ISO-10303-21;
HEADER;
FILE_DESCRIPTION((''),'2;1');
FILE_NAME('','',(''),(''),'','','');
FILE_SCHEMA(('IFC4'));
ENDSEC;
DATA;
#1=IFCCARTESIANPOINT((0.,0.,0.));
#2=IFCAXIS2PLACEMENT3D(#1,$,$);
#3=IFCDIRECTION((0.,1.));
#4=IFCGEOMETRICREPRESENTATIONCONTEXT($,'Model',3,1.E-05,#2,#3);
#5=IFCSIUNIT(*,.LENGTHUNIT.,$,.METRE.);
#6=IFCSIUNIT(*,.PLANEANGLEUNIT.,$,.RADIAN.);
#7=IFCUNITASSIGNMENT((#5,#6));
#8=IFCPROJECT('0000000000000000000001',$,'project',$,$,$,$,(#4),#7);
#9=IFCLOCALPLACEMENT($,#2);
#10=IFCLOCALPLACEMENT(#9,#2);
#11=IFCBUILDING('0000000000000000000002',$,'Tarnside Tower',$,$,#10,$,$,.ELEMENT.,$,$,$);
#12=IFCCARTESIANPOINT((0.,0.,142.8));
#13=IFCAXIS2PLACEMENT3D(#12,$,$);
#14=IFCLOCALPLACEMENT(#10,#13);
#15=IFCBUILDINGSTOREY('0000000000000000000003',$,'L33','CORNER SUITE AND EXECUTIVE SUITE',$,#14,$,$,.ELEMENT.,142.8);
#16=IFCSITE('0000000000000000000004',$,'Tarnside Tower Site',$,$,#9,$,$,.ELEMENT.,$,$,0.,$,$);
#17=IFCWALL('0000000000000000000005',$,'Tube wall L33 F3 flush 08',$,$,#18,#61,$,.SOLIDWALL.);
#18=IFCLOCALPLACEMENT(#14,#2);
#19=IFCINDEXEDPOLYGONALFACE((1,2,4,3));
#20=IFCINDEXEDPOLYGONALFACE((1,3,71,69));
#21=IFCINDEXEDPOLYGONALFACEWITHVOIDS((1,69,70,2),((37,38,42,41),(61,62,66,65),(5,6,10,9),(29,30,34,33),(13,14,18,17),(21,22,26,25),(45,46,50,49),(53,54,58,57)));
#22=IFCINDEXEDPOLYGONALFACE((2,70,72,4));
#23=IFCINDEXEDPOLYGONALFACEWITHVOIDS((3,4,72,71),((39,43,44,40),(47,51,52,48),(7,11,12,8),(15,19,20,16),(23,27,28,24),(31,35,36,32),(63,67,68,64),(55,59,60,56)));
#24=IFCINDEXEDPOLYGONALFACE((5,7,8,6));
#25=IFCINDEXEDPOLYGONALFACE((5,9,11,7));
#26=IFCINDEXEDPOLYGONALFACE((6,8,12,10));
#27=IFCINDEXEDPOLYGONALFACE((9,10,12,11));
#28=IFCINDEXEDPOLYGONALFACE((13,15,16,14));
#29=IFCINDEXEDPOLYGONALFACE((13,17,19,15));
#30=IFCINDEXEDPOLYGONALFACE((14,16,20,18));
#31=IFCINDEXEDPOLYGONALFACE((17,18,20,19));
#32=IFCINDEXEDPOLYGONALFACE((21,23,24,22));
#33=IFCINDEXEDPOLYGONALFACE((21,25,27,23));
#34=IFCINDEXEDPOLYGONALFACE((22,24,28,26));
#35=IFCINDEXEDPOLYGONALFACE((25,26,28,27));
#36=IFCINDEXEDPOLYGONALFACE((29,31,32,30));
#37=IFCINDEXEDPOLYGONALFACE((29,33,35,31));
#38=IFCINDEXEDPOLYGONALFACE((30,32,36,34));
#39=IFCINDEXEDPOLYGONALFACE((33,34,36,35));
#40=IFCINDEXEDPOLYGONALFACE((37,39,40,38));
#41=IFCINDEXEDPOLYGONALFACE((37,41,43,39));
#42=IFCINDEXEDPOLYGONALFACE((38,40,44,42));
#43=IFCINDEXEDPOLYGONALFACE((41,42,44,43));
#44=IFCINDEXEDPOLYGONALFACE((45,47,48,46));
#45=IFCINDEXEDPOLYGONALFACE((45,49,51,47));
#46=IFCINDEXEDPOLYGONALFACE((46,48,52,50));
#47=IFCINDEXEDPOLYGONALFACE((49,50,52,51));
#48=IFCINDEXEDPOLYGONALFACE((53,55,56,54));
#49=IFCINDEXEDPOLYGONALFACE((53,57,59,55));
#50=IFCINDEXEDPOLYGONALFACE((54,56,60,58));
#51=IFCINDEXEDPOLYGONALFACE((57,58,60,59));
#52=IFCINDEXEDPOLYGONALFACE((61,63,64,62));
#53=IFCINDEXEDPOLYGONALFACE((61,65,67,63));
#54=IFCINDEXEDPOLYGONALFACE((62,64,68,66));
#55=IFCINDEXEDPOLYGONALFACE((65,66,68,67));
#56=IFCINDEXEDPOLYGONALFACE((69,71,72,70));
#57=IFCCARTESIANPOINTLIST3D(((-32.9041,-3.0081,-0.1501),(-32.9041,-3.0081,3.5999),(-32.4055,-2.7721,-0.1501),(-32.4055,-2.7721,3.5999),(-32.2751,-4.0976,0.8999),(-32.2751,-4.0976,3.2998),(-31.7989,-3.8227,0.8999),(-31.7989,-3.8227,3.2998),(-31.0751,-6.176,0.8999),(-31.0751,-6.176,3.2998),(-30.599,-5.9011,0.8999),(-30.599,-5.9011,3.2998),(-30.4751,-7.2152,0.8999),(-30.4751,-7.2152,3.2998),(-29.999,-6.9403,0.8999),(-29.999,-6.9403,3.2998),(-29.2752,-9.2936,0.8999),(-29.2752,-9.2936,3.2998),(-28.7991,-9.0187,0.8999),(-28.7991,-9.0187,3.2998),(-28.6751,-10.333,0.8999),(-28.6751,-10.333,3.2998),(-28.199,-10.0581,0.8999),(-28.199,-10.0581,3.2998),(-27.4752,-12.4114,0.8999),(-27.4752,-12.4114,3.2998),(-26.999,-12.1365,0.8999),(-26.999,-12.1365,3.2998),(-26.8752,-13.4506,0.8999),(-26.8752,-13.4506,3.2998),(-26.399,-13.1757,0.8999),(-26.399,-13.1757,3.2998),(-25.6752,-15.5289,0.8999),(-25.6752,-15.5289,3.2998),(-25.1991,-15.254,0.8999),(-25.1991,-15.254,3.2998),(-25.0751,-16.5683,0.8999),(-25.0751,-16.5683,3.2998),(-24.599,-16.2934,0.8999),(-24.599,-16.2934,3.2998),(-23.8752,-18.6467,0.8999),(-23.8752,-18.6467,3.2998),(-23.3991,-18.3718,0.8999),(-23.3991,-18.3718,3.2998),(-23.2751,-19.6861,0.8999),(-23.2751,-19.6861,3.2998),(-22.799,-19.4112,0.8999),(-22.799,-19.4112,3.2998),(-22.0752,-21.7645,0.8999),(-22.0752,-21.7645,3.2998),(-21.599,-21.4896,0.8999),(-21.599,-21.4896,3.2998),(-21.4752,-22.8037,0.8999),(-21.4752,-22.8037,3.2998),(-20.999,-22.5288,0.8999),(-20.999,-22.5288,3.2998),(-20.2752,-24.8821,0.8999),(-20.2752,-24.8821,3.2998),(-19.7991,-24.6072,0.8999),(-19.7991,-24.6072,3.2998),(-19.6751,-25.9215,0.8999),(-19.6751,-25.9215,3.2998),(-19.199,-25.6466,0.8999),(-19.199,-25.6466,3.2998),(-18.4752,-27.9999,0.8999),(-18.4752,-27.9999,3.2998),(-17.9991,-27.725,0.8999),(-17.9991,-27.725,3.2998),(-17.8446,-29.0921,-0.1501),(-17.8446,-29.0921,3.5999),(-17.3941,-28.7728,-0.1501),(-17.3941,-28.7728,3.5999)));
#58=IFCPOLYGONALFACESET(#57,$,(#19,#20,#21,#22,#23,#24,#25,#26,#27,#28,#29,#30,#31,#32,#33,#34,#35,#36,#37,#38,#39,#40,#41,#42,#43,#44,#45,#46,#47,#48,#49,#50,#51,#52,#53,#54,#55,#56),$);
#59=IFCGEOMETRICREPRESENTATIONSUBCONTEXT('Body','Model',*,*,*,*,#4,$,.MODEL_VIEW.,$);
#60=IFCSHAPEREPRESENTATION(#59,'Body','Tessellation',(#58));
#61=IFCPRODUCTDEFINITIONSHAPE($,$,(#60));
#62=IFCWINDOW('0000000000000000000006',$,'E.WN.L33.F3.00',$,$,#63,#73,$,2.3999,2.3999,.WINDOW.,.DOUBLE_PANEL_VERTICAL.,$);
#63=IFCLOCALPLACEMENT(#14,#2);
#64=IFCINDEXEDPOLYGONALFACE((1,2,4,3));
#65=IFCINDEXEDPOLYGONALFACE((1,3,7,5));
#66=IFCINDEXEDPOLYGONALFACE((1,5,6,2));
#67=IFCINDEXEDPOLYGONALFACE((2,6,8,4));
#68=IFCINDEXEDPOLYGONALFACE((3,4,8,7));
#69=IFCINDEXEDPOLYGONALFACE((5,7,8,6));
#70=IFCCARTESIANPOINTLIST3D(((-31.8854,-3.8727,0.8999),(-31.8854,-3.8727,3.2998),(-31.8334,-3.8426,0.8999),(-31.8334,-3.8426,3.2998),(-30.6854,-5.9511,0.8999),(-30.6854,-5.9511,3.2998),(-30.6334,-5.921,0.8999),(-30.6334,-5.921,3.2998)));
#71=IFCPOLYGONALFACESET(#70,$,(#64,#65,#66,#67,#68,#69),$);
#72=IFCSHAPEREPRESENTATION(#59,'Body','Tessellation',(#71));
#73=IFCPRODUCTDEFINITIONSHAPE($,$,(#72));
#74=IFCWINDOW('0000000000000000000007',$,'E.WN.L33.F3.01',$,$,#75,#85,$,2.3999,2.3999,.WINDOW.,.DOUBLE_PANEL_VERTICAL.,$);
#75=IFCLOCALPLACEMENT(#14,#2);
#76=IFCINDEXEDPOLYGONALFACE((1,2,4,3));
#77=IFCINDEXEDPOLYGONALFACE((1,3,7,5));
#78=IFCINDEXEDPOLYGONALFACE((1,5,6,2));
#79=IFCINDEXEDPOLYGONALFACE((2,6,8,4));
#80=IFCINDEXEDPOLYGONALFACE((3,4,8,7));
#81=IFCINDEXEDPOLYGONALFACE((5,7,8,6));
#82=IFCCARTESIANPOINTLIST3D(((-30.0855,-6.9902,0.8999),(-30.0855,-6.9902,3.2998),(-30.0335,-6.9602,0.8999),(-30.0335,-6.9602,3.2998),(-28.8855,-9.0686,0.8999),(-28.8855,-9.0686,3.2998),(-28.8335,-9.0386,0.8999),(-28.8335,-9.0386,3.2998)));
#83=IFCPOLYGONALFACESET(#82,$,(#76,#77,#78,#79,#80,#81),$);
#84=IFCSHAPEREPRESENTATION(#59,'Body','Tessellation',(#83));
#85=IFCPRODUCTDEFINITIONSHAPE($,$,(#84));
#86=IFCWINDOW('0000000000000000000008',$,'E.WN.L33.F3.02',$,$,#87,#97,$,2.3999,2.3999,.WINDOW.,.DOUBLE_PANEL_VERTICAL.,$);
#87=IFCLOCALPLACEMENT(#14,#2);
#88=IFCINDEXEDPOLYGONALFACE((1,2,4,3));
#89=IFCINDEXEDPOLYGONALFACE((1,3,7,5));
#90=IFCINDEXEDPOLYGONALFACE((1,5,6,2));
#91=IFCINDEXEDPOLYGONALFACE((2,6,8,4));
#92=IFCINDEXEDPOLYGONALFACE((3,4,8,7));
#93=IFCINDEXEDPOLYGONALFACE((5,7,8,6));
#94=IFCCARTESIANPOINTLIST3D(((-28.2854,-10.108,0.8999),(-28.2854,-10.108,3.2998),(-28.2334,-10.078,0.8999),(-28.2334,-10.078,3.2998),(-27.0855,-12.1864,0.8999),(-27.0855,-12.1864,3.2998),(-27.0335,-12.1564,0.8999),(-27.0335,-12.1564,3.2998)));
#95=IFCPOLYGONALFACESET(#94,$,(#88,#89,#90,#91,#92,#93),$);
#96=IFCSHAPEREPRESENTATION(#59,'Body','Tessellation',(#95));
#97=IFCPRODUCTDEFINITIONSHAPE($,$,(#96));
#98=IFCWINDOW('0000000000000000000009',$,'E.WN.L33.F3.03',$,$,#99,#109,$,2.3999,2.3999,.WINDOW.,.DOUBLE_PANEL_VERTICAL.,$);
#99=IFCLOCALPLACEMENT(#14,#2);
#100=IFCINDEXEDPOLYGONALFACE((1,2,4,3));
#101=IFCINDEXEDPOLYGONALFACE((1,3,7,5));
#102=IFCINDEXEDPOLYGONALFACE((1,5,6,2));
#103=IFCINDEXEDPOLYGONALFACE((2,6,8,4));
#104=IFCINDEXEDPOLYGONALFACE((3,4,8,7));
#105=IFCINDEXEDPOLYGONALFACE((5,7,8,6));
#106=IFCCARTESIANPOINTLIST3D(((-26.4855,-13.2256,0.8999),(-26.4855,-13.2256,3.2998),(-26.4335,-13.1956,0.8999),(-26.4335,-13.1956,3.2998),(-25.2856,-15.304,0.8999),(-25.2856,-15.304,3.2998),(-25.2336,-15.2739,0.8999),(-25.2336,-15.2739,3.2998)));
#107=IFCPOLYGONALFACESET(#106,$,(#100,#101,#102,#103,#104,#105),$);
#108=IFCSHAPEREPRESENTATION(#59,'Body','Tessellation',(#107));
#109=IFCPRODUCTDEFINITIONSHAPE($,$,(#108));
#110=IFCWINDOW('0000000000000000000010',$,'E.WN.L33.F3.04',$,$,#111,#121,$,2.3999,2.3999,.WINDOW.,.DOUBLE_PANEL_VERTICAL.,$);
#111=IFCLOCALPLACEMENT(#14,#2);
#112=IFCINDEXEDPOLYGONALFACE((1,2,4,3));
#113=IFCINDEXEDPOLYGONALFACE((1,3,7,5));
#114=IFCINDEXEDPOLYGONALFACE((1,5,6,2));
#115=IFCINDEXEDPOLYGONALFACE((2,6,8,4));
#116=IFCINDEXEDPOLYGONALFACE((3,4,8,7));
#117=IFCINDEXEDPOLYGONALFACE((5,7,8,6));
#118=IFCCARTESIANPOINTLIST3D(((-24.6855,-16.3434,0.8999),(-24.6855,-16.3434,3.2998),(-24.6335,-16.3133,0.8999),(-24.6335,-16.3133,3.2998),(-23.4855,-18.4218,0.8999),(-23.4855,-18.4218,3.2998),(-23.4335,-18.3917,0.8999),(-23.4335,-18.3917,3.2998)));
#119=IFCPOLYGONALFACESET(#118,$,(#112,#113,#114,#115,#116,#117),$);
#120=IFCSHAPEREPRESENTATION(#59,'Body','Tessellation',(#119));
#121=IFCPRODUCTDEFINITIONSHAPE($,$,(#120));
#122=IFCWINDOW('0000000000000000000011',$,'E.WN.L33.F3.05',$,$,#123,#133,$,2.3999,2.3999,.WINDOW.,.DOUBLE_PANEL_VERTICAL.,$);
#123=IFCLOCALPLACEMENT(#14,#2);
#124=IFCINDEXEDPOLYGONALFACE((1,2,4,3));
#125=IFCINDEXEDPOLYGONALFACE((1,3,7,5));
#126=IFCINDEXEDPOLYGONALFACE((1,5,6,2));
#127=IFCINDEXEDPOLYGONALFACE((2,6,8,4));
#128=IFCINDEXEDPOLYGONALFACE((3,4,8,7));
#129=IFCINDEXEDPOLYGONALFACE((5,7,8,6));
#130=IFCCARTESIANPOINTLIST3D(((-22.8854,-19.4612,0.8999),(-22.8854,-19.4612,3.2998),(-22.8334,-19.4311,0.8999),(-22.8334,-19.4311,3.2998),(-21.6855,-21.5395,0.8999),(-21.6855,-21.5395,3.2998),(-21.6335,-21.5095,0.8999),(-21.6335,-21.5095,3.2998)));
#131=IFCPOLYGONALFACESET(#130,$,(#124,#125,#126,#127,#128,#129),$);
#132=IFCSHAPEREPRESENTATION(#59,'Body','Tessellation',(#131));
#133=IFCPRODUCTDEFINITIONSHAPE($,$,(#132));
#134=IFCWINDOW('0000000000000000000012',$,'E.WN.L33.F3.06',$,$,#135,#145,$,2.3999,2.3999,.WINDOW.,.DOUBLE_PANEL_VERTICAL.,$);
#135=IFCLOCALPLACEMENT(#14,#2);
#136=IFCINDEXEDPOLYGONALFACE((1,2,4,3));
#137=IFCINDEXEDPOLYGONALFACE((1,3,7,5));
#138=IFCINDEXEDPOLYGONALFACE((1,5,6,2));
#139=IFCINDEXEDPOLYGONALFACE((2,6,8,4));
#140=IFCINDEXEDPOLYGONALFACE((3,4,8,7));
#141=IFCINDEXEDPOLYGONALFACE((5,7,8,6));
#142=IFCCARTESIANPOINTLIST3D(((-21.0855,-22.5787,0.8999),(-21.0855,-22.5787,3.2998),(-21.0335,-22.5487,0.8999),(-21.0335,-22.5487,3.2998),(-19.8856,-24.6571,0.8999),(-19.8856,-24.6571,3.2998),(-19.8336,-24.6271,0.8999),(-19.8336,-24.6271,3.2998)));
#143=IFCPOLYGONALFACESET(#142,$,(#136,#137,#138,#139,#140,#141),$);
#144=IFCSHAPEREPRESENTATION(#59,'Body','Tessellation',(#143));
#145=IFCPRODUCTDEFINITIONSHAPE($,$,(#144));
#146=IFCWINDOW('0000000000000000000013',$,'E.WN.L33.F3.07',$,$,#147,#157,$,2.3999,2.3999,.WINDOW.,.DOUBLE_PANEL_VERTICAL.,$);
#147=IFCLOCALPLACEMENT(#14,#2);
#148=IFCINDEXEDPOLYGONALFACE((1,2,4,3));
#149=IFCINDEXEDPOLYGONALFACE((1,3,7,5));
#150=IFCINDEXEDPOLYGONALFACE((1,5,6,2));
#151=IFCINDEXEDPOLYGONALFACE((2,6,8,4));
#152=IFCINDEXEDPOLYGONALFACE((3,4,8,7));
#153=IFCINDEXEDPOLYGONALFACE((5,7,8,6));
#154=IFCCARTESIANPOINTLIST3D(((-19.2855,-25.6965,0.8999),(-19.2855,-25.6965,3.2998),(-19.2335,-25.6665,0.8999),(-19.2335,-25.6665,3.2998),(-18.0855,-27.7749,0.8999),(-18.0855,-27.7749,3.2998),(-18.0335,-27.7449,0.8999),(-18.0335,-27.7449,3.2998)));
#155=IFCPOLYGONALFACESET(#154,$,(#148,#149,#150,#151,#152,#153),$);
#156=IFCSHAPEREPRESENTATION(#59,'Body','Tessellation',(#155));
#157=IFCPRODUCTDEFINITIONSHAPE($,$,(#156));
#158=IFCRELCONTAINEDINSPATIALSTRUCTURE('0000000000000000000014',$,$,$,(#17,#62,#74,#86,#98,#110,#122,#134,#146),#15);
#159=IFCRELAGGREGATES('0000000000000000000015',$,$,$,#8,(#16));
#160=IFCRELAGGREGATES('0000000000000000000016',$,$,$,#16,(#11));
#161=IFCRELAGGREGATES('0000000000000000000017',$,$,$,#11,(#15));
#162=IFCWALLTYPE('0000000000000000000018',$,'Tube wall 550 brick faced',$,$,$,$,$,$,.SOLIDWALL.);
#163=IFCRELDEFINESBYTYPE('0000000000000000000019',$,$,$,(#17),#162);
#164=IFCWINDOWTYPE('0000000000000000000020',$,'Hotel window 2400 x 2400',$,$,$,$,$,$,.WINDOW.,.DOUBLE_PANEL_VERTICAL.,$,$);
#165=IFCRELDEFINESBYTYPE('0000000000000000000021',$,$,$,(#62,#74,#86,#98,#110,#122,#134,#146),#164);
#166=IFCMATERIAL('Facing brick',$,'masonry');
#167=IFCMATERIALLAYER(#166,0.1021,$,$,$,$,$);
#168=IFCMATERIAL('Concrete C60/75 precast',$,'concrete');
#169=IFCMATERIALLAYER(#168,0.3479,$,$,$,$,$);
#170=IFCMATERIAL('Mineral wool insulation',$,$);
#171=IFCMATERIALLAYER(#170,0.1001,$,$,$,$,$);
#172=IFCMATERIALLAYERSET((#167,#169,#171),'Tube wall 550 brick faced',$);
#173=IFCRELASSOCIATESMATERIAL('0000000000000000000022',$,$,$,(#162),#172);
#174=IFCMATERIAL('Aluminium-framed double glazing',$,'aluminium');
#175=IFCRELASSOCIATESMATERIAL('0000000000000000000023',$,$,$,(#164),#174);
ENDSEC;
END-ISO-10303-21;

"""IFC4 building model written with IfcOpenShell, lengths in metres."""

from ifc_helpers import new_model, si_unit, direction, frame, frame_2d, origin, place, context, subcontext, project, spatial, polyline, rectangle, outline, extrude, material, layer, layer_set, type_object, element, fill, save


model = new_model("IFC4")

# Units and contexts
model_context = context("Model", 3, precision=1e-05, world=origin(), true_north=direction((0.0, 1.0)))
body_context = subcontext(model_context, "Body", "Model", "MODEL_VIEW")
ifc_project = project(units=[si_unit("LENGTHUNIT", "METRE"), si_unit("PLANEANGLEUNIT", "RADIAN")], contexts=[model_context])

# Site, building, storey
site_placement = place(None, origin())
site = spatial("IfcSite", under=ifc_project, at=site_placement, Name="Tarnside Tower Site", CompositionType="ELEMENT", RefElevation=0.0)
building_placement = place(site_placement, origin())
building = spatial("IfcBuilding", under=site, at=building_placement, Name="Tarnside Tower", CompositionType="ELEMENT")
storey_placement = place(building_placement, frame((0.0, 0.0, 142.8)))
storey = spatial("IfcBuildingStorey", under=building, at=storey_placement, Name="L33", Description="CORNER SUITE AND EXECUTIVE SUITE", CompositionType="ELEMENT", Elevation=142.8)

# Shared definitions
ifc_material_1 = material(Name="Facing brick", Category="masonry")
ifc_layer_1 = layer(ifc_material_1, 0.1021)
ifc_material_2 = material(Name="Concrete C60/75 precast", Category="concrete")
ifc_layer_2 = layer(ifc_material_2, 0.3479)
ifc_material_3 = material(Name="Mineral wool insulation")
ifc_layer_3 = layer(ifc_material_3, 0.1001)
ifc_layer_set_1 = layer_set([ifc_layer_1, ifc_layer_2, ifc_layer_3], Name="Tube wall 550 brick faced")
wall_type_1 = type_object("IfcWallType", Name="Tube wall 550 brick faced", PredefinedType="SOLIDWALL", material=ifc_layer_set_1)

# Wall, openings, windows
wall_1_placement = place(storey_placement, frame((-32.6548, -2.8901, -0.1501), z_axis=(0.0, 0.0, 1.0), x_axis=(0.499998, -0.866027, 0.0)))
wall_1 = element("IfcWall", 1, at=wall_1_placement, inside=storey, type_object=wall_type_1, Name="Tube wall L33 F3 flush 08", PredefinedType="SOLIDWALL", context=body_context, shape_type="SweptSolid", body=[
    extrude(outline(polyline([(-0.0225, -0.2749), (30.0967, -0.2749), (30.0454, 0.2749), (0.0225, 0.2749), (-0.0225, -0.2749)])), origin(), (0.0, 0.0, 1.0), 3.75),
])
opening_1_placement = place(wall_1_placement, frame((1.2356, 0.0, 1.05)))
opening_1 = element("IfcOpeningElement", 2, at=opening_1_placement, cuts=wall_1, PredefinedType="OPENING", context=body_context, shape_type="SweptSolid", body=[
    extrude(rectangle(XDim=2.3999, YDim=2.3999, at=frame_2d((1.2, 1.2))), frame((0.0, 0.2852, 0.0), z_axis=(0.0, -1.0, 0.0), x_axis=(1.0, 0.0, 0.0)), (0.0, 0.0, 1.0), 0.5701),
])
opening_2_placement = place(wall_1_placement, frame((4.8354, 0.0, 1.05)))
opening_2 = element("IfcOpeningElement", 3, at=opening_2_placement, cuts=wall_1, PredefinedType="OPENING", context=body_context, shape_type="SweptSolid", body=[
    extrude(rectangle(XDim=2.3999, YDim=2.3999, at=frame_2d((1.2, 1.2))), frame((0.0, 0.2852, 0.0), z_axis=(0.0, -1.0, 0.0), x_axis=(1.0, 0.0, 0.0)), (0.0, 0.0, 1.0), 0.5701),
])
opening_3_placement = place(wall_1_placement, frame((8.4355, 0.0, 1.05)))
opening_3 = element("IfcOpeningElement", 4, at=opening_3_placement, cuts=wall_1, PredefinedType="OPENING", context=body_context, shape_type="SweptSolid", body=[
    extrude(rectangle(XDim=2.3999, YDim=2.3999, at=frame_2d((1.2, 1.2))), frame((0.0, 0.2852, 0.0), z_axis=(0.0, -1.0, 0.0), x_axis=(1.0, 0.0, 0.0)), (0.0, 0.0, 1.0), 0.5701),
])
opening_4_placement = place(wall_1_placement, frame((12.0354, 0.0, 1.05)))
opening_4 = element("IfcOpeningElement", 5, at=opening_4_placement, cuts=wall_1, PredefinedType="OPENING", context=body_context, shape_type="SweptSolid", body=[
    extrude(rectangle(XDim=2.3999, YDim=2.3999, at=frame_2d((1.2, 1.2))), frame((0.0, 0.2852, 0.0), z_axis=(0.0, -1.0, 0.0), x_axis=(1.0, 0.0, 0.0)), (0.0, 0.0, 1.0), 0.5701),
])
opening_5_placement = place(wall_1_placement, frame((15.6355, 0.0, 1.05)))
opening_5 = element("IfcOpeningElement", 6, at=opening_5_placement, cuts=wall_1, PredefinedType="OPENING", context=body_context, shape_type="SweptSolid", body=[
    extrude(rectangle(XDim=2.3999, YDim=2.3999, at=frame_2d((1.2, 1.2))), frame((0.0, 0.2852, 0.0), z_axis=(0.0, -1.0, 0.0), x_axis=(1.0, 0.0, 0.0)), (0.0, 0.0, 1.0), 0.5701),
])
opening_6_placement = place(wall_1_placement, frame((19.2356, 0.0, 1.05)))
opening_6 = element("IfcOpeningElement", 7, at=opening_6_placement, cuts=wall_1, PredefinedType="OPENING", context=body_context, shape_type="SweptSolid", body=[
    extrude(rectangle(XDim=2.3999, YDim=2.3999, at=frame_2d((1.2, 1.2))), frame((0.0, 0.2852, 0.0), z_axis=(0.0, -1.0, 0.0), x_axis=(1.0, 0.0, 0.0)), (0.0, 0.0, 1.0), 0.5701),
])
opening_7_placement = place(wall_1_placement, frame((22.8354, 0.0, 1.05)))
opening_7 = element("IfcOpeningElement", 8, at=opening_7_placement, cuts=wall_1, PredefinedType="OPENING", context=body_context, shape_type="SweptSolid", body=[
    extrude(rectangle(XDim=2.3999, YDim=2.3999, at=frame_2d((1.2, 1.2))), frame((0.0, 0.2852, 0.0), z_axis=(0.0, -1.0, 0.0), x_axis=(1.0, 0.0, 0.0)), (0.0, 0.0, 1.0), 0.5701),
])
opening_8_placement = place(wall_1_placement, frame((26.4355, 0.0, 1.05)))
opening_8 = element("IfcOpeningElement", 9, at=opening_8_placement, cuts=wall_1, PredefinedType="OPENING", context=body_context, shape_type="SweptSolid", body=[
    extrude(rectangle(XDim=2.3999, YDim=2.3999, at=frame_2d((1.2, 1.2))), frame((0.0, 0.2852, 0.0), z_axis=(0.0, -1.0, 0.0), x_axis=(1.0, 0.0, 0.0)), (0.0, 0.0, 1.0), 0.5701),
])
ifc_material_4 = material(Name="Aluminium-framed double glazing", Category="aluminium")
window_type = type_object("IfcWindowType", Name="Hotel window 2400 x 2400", PartitioningType="DOUBLE_PANEL_VERTICAL", PredefinedType="WINDOW", material=ifc_material_4)
window_1_placement = place(opening_1_placement, frame((0.0, 0.2051, 0.0)))
window_1 = element("IfcWindow", 10, at=window_1_placement, inside=storey, type_object=window_type, Name="E.WN.L33.F3.00", OverallHeight=2.3999, OverallWidth=2.3999, PartitioningType="DOUBLE_PANEL_VERTICAL", PredefinedType="WINDOW", context=body_context, shape_type="SweptSolid", body=[
    extrude(rectangle(XDim=2.3999, YDim=2.3999, at=frame_2d((1.2, 1.2))), frame((0.0, 0.03, 0.0), z_axis=(0.0, -1.0, 0.0), x_axis=(1.0, 0.0, 0.0)), (0.0, 0.0, 1.0), 0.0601),
])
fill(opening_1, window_1)
window_2_placement = place(opening_2_placement, frame((0.0, 0.2051, 0.0)))
window_2 = element("IfcWindow", 11, at=window_2_placement, inside=storey, type_object=window_type, Name="E.WN.L33.F3.01", OverallHeight=2.3999, OverallWidth=2.3999, PartitioningType="DOUBLE_PANEL_VERTICAL", PredefinedType="WINDOW", context=body_context, shape_type="SweptSolid", body=[
    extrude(rectangle(XDim=2.3999, YDim=2.3999, at=frame_2d((1.2, 1.2))), frame((0.0, 0.03, 0.0), z_axis=(0.0, -1.0, 0.0), x_axis=(1.0, 0.0, 0.0)), (0.0, 0.0, 1.0), 0.0601),
])
fill(opening_2, window_2)
window_3_placement = place(opening_3_placement, frame((0.0, 0.2051, 0.0)))
window_3 = element("IfcWindow", 12, at=window_3_placement, inside=storey, type_object=window_type, Name="E.WN.L33.F3.02", OverallHeight=2.3999, OverallWidth=2.3999, PartitioningType="DOUBLE_PANEL_VERTICAL", PredefinedType="WINDOW", context=body_context, shape_type="SweptSolid", body=[
    extrude(rectangle(XDim=2.3999, YDim=2.3999, at=frame_2d((1.2, 1.2))), frame((0.0, 0.03, 0.0), z_axis=(0.0, -1.0, 0.0), x_axis=(1.0, 0.0, 0.0)), (0.0, 0.0, 1.0), 0.0601),
])
fill(opening_3, window_3)
window_4_placement = place(opening_4_placement, frame((0.0, 0.2051, 0.0)))
window_4 = element("IfcWindow", 13, at=window_4_placement, inside=storey, type_object=window_type, Name="E.WN.L33.F3.03", OverallHeight=2.3999, OverallWidth=2.3999, PartitioningType="DOUBLE_PANEL_VERTICAL", PredefinedType="WINDOW", context=body_context, shape_type="SweptSolid", body=[
    extrude(rectangle(XDim=2.3999, YDim=2.3999, at=frame_2d((1.2, 1.2))), frame((0.0, 0.03, 0.0), z_axis=(0.0, -1.0, 0.0), x_axis=(1.0, 0.0, 0.0)), (0.0, 0.0, 1.0), 0.0601),
])
fill(opening_4, window_4)
window_5_placement = place(opening_5_placement, frame((0.0, 0.2051, 0.0)))
window_5 = element("IfcWindow", 14, at=window_5_placement, inside=storey, type_object=window_type, Name="E.WN.L33.F3.04", OverallHeight=2.3999, OverallWidth=2.3999, PartitioningType="DOUBLE_PANEL_VERTICAL", PredefinedType="WINDOW", context=body_context, shape_type="SweptSolid", body=[
    extrude(rectangle(XDim=2.3999, YDim=2.3999, at=frame_2d((1.2, 1.2))), frame((0.0, 0.03, 0.0), z_axis=(0.0, -1.0, 0.0), x_axis=(1.0, 0.0, 0.0)), (0.0, 0.0, 1.0), 0.0601),
])
fill(opening_5, window_5)
window_6_placement = place(opening_6_placement, frame((0.0, 0.2051, 0.0)))
window_6 = element("IfcWindow", 15, at=window_6_placement, inside=storey, type_object=window_type, Name="E.WN.L33.F3.05", OverallHeight=2.3999, OverallWidth=2.3999, PartitioningType="DOUBLE_PANEL_VERTICAL", PredefinedType="WINDOW", context=body_context, shape_type="SweptSolid", body=[
    extrude(rectangle(XDim=2.3999, YDim=2.3999, at=frame_2d((1.2, 1.2))), frame((0.0, 0.03, 0.0), z_axis=(0.0, -1.0, 0.0), x_axis=(1.0, 0.0, 0.0)), (0.0, 0.0, 1.0), 0.0601),
])
fill(opening_6, window_6)
window_7_placement = place(opening_7_placement, frame((0.0, 0.2051, 0.0)))
window_7 = element("IfcWindow", 16, at=window_7_placement, inside=storey, type_object=window_type, Name="E.WN.L33.F3.06", OverallHeight=2.3999, OverallWidth=2.3999, PartitioningType="DOUBLE_PANEL_VERTICAL", PredefinedType="WINDOW", context=body_context, shape_type="SweptSolid", body=[
    extrude(rectangle(XDim=2.3999, YDim=2.3999, at=frame_2d((1.2, 1.2))), frame((0.0, 0.03, 0.0), z_axis=(0.0, -1.0, 0.0), x_axis=(1.0, 0.0, 0.0)), (0.0, 0.0, 1.0), 0.0601),
])
fill(opening_7, window_7)
window_8_placement = place(opening_8_placement, frame((0.0, 0.2051, 0.0)))
window_8 = element("IfcWindow", 17, at=window_8_placement, inside=storey, type_object=window_type, Name="E.WN.L33.F3.07", OverallHeight=2.3999, OverallWidth=2.3999, PartitioningType="DOUBLE_PANEL_VERTICAL", PredefinedType="WINDOW", context=body_context, shape_type="SweptSolid", body=[
    extrude(rectangle(XDim=2.3999, YDim=2.3999, at=frame_2d((1.2, 1.2))), frame((0.0, 0.03, 0.0), z_axis=(0.0, -1.0, 0.0), x_axis=(1.0, 0.0, 0.0)), (0.0, 0.0, 1.0), 0.0601),
])
fill(opening_8, window_8)

save(model, "model.ifc")
